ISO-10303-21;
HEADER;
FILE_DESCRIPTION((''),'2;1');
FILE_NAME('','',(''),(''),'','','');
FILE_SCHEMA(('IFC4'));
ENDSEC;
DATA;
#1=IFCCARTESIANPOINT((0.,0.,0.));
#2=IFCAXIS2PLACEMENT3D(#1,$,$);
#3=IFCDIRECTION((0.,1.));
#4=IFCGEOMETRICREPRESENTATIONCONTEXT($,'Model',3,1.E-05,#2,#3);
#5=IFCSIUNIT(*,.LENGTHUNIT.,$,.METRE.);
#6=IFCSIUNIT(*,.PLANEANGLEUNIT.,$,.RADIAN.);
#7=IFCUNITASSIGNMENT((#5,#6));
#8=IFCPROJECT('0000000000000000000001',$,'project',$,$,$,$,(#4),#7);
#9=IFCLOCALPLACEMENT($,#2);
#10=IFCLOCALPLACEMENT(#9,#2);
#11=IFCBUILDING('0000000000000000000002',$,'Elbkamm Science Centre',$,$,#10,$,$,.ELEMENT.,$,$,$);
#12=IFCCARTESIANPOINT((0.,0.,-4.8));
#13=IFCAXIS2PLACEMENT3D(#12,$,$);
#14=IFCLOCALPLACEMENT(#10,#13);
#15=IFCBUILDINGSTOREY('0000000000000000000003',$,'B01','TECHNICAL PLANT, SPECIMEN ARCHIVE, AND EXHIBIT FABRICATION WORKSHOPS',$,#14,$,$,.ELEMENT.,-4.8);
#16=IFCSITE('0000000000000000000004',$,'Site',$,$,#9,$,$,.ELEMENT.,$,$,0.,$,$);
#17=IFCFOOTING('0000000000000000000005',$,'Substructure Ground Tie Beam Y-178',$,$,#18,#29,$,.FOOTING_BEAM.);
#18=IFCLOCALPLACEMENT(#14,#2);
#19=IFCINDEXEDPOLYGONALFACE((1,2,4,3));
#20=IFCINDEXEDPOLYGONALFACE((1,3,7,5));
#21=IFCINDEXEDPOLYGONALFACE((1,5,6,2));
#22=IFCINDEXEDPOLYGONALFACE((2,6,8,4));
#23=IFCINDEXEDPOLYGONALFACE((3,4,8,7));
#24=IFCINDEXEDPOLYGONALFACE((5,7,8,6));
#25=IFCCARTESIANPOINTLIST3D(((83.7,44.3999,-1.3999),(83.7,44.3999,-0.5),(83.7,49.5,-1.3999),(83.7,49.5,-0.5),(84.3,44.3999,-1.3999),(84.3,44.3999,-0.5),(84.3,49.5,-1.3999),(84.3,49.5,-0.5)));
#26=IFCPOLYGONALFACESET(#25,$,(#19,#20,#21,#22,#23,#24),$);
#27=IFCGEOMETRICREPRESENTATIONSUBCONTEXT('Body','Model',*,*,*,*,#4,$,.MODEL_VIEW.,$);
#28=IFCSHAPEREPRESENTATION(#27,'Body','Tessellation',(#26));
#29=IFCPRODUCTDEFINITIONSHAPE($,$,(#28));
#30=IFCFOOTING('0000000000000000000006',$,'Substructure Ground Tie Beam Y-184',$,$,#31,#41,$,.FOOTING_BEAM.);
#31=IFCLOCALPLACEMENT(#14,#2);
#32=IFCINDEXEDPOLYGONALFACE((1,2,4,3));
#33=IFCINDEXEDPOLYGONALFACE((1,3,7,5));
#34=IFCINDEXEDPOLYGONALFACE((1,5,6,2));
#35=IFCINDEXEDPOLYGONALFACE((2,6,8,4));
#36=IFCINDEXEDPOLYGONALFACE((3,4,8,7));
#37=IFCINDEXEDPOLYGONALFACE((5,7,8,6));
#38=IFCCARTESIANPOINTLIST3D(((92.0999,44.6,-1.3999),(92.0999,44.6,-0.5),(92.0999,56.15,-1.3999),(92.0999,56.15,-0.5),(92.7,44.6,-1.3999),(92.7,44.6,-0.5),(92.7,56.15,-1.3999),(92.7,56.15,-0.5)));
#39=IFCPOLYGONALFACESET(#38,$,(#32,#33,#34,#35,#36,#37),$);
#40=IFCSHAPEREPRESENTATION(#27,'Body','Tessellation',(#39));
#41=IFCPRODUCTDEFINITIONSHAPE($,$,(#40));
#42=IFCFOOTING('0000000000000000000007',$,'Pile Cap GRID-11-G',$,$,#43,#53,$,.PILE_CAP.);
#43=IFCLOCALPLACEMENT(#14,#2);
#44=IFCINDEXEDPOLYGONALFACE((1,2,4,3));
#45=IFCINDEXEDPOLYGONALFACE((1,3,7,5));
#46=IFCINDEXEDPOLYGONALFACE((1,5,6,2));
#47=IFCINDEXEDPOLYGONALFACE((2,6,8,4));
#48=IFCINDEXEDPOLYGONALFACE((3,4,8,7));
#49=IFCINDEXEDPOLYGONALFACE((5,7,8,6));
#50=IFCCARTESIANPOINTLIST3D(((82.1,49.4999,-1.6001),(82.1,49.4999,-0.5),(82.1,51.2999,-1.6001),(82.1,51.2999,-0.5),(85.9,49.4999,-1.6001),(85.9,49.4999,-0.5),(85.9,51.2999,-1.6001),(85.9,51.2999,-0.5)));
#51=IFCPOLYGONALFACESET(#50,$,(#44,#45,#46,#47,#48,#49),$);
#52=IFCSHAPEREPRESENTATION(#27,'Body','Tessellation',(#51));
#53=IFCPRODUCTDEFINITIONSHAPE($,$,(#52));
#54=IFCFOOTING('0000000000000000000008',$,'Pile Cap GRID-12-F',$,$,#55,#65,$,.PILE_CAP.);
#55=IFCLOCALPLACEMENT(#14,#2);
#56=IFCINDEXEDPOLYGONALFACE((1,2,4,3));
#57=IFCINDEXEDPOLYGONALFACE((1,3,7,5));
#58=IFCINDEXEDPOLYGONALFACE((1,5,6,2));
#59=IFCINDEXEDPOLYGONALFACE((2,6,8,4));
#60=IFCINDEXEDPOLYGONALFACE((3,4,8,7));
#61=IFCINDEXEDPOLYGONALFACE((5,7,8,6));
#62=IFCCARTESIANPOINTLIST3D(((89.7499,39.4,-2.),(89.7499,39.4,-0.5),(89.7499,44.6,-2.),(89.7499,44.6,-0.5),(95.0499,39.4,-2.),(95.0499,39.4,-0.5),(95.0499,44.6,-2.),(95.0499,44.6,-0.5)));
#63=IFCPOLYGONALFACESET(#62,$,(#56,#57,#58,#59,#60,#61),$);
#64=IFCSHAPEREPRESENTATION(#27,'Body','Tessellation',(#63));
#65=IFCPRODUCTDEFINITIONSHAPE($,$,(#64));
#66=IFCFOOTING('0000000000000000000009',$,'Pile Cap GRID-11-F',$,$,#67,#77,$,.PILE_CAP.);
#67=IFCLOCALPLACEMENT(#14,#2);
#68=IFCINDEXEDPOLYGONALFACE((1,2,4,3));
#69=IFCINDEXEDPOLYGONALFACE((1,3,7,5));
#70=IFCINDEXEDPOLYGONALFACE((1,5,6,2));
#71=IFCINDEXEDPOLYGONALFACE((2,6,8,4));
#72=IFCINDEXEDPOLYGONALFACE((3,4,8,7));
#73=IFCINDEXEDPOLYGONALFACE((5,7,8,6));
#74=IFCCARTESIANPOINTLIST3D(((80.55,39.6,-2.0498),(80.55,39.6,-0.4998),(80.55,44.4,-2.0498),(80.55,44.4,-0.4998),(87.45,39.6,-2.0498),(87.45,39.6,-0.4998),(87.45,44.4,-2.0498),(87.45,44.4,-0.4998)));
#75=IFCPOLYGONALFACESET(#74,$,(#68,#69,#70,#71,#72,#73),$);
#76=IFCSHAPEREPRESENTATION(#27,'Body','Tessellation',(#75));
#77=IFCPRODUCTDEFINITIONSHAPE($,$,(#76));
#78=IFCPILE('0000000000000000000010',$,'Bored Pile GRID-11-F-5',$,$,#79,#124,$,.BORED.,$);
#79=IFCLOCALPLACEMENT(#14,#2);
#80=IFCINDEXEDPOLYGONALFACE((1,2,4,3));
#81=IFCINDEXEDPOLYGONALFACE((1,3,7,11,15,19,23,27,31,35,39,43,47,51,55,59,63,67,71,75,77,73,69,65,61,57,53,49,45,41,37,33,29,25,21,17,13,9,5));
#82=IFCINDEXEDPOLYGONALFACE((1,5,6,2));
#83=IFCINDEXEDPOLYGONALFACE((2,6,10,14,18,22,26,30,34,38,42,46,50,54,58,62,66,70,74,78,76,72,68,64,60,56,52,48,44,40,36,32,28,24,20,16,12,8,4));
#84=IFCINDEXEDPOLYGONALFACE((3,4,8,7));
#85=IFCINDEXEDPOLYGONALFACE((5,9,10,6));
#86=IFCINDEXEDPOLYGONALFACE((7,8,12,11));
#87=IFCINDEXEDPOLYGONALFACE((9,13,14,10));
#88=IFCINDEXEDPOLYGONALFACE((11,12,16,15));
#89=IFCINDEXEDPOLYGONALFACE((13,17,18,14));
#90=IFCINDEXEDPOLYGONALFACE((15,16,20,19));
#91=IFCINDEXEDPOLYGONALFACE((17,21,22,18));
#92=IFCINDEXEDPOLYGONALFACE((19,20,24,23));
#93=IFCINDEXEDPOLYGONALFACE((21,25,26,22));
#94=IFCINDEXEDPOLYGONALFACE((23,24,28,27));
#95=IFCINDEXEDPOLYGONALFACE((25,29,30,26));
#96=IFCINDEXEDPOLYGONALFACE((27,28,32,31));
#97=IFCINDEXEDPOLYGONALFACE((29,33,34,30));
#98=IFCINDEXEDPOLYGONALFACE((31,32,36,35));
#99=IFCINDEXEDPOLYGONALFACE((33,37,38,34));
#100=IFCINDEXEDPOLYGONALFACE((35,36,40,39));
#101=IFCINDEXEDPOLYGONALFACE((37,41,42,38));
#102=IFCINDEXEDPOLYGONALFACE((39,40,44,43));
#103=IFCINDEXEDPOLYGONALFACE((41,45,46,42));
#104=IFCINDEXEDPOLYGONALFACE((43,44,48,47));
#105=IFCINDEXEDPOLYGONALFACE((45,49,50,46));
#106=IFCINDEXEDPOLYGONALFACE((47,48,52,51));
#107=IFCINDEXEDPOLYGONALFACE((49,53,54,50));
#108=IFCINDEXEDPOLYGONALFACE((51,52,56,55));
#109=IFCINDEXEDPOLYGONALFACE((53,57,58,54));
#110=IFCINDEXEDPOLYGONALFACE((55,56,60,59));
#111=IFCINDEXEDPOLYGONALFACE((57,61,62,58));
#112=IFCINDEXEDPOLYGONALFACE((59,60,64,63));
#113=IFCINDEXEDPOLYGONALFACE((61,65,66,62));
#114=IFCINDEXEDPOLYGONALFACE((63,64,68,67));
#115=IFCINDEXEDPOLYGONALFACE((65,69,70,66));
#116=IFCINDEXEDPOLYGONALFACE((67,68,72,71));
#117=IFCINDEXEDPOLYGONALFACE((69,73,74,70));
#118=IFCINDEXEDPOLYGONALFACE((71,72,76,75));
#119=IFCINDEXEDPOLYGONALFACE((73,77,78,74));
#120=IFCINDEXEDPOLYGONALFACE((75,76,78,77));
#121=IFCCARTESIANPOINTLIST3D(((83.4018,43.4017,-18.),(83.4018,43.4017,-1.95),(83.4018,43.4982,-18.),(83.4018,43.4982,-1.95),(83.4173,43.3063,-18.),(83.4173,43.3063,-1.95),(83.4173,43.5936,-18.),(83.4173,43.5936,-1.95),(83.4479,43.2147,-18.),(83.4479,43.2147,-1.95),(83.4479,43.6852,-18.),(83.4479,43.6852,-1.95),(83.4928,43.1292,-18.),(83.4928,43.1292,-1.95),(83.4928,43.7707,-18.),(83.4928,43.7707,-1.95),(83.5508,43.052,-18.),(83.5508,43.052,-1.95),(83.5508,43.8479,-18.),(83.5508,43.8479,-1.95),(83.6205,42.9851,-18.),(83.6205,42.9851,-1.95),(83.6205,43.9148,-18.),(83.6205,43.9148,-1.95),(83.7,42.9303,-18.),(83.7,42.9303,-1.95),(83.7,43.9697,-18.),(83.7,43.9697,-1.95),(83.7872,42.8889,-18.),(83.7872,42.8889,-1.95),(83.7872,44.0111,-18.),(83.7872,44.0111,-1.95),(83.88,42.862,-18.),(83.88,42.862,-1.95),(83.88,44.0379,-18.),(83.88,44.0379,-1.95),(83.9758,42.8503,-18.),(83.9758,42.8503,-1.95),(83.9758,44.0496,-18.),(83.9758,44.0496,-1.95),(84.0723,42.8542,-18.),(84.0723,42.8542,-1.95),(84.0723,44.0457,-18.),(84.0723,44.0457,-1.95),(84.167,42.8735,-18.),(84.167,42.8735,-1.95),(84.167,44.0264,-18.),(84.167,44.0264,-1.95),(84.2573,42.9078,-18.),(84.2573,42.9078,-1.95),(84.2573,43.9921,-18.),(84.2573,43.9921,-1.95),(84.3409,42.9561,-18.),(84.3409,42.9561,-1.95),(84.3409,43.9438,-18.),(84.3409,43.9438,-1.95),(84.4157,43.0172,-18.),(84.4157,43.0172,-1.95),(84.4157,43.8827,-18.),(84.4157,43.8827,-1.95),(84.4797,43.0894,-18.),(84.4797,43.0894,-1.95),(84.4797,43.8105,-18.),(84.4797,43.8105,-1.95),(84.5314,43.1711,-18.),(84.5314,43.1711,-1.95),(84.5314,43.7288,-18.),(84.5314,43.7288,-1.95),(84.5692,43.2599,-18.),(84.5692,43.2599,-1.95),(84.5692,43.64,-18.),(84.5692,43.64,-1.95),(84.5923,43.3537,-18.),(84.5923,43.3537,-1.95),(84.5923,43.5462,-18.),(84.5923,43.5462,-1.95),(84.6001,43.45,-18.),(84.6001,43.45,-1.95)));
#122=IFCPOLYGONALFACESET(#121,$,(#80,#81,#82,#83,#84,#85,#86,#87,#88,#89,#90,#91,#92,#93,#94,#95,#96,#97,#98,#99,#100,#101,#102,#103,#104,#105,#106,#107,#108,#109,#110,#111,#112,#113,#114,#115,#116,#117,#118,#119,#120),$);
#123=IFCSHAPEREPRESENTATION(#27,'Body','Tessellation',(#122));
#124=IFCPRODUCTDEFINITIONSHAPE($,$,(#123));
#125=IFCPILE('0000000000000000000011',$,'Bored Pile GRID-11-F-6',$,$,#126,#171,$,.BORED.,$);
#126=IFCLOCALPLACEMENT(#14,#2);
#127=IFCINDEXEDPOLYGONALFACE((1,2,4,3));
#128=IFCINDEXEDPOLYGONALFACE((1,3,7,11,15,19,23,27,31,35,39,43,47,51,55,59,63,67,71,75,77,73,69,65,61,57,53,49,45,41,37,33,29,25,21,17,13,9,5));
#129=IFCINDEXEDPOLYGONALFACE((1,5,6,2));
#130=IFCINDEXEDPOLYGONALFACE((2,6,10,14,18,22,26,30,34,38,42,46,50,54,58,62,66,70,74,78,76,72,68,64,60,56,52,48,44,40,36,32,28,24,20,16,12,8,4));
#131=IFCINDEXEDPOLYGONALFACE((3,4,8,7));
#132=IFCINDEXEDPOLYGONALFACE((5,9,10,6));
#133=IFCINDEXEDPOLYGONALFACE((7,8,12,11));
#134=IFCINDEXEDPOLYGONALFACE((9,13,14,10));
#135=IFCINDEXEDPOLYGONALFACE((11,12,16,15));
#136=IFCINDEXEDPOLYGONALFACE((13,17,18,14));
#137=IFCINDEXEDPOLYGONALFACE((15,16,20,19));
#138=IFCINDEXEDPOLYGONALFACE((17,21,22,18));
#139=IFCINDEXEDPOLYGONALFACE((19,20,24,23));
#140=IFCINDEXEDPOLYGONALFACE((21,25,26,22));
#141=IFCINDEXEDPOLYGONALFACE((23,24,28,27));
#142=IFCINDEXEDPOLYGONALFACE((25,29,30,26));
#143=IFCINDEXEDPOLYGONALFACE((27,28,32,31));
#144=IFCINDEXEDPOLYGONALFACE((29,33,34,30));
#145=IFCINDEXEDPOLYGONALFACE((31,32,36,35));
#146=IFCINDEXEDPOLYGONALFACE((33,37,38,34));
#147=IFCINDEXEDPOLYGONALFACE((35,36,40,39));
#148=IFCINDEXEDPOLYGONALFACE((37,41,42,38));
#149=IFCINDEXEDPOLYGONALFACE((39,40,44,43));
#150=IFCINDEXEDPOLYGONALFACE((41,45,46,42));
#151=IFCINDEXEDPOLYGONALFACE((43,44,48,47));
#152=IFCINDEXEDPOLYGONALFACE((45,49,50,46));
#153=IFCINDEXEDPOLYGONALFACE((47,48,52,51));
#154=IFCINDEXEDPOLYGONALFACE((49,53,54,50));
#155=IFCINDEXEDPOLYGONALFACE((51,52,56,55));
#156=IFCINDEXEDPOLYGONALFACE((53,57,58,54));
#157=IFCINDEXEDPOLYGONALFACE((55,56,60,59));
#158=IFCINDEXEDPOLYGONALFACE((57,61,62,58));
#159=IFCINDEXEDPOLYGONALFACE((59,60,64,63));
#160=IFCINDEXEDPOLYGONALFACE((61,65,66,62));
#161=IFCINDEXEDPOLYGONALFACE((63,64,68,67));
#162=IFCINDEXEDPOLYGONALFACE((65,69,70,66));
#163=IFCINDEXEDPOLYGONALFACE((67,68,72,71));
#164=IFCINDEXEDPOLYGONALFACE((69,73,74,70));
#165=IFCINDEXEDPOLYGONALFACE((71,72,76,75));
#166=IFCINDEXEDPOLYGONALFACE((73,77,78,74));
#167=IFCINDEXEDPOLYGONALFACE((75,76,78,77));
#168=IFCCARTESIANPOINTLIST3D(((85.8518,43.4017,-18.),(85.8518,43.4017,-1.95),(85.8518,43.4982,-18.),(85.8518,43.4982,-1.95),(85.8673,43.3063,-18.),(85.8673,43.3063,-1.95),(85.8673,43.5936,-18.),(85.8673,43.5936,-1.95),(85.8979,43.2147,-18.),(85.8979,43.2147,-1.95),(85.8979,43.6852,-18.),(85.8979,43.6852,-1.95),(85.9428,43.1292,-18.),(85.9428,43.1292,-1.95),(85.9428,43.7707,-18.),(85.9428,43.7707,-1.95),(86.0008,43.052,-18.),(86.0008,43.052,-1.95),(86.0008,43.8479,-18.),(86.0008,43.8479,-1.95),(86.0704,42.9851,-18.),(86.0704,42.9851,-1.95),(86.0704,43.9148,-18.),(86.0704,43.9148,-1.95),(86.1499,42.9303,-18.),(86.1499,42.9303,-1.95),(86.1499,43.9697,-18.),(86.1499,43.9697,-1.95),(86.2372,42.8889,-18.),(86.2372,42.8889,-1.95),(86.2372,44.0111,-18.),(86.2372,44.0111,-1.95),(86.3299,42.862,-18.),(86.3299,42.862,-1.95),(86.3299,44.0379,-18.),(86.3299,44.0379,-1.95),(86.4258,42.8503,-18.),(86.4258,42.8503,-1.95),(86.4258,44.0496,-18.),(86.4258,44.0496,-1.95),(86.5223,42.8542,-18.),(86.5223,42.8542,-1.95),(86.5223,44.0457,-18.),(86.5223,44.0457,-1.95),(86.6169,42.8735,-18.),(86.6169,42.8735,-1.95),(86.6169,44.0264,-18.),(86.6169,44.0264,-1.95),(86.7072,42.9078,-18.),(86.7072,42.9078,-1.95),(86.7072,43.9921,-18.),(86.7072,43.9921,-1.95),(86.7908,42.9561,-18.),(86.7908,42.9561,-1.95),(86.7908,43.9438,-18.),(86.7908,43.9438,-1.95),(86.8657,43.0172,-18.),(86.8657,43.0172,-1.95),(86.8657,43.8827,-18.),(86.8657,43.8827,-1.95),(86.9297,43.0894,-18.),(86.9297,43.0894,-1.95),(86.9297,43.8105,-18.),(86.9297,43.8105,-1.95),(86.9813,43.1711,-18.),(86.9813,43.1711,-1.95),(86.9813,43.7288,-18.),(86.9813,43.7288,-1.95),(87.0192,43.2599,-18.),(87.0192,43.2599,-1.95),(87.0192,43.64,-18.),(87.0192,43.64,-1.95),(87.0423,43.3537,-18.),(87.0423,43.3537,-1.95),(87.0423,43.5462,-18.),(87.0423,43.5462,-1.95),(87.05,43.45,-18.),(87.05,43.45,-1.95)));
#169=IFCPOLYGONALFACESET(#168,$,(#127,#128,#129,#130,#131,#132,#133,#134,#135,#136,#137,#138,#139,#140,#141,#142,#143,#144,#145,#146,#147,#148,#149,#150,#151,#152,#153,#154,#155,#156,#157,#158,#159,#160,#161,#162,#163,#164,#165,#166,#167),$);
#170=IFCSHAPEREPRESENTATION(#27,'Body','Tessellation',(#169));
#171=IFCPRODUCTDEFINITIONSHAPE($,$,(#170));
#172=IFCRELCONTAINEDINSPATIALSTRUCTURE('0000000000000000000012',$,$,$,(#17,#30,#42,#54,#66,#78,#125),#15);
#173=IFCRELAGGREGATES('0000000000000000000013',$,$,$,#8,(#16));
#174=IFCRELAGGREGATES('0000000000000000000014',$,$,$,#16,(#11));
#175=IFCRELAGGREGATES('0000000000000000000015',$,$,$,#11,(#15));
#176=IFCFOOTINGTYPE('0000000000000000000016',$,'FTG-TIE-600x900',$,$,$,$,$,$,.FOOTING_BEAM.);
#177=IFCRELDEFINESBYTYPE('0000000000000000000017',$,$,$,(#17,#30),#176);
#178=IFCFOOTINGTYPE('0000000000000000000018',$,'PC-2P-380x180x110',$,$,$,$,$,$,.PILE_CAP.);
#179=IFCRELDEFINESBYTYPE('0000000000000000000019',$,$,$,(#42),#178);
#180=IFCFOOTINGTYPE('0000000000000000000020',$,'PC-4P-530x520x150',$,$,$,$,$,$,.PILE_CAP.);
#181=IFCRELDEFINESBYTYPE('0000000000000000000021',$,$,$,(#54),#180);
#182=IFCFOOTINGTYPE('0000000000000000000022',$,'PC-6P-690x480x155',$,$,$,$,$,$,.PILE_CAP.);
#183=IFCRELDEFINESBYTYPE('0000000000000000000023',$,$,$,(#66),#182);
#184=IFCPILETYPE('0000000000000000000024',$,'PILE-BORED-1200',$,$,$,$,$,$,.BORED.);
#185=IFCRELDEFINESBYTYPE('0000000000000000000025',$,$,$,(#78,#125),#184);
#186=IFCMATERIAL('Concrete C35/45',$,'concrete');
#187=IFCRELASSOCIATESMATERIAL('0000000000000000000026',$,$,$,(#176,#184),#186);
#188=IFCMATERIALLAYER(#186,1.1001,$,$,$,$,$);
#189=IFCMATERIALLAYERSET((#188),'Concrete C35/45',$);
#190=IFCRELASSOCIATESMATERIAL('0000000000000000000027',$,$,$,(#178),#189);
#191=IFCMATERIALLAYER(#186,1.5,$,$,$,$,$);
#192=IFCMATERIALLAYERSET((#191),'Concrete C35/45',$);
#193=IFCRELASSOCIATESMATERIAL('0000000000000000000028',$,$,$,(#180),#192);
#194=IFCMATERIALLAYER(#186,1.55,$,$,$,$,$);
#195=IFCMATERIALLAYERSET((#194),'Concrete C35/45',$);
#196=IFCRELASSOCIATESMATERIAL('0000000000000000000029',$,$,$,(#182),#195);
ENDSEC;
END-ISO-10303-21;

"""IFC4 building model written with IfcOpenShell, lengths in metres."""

from ifc_helpers import new_model, si_unit, direction, frame, origin, origin_2d, place, context, subcontext, project, spatial, rectangle, circle, extrude, material, layer, layer_set, material_profile, profile_set, type_object, element, save


model = new_model("IFC4")

# Units and contexts
model_context = context("Model", 3, precision=1e-05, world=origin(), true_north=direction((0.0, 1.0)))
body_context = subcontext(model_context, "Body", "Model", "MODEL_VIEW")
ifc_project = project(units=[si_unit("LENGTHUNIT", "METRE"), si_unit("PLANEANGLEUNIT", "RADIAN")], contexts=[model_context])

# Site, building, storey
site_placement = place(None, origin())
site = spatial("IfcSite", under=ifc_project, at=site_placement, Name="Site", CompositionType="ELEMENT", RefElevation=0.0)
building_placement = place(site_placement, origin())
building = spatial("IfcBuilding", under=site, at=building_placement, Name="Elbkamm Science Centre", CompositionType="ELEMENT")
storey_placement = place(building_placement, frame((0.0, 0.0, -4.8)))
storey = spatial("IfcBuildingStorey", under=building, at=storey_placement, Name="B01", Description="TECHNICAL PLANT, SPECIMEN ARCHIVE, AND EXHIBIT FABRICATION WORKSHOPS", CompositionType="ELEMENT", Elevation=-4.8)

# Footings
ifc_material_1 = material(Name="Concrete C35/45", Category="concrete")
footing_type_1 = type_object("IfcFootingType", Name="FTG-TIE-600x900", PredefinedType="FOOTING_BEAM", material=ifc_material_1)
footing_1_placement = place(storey_placement, frame((84.0, 46.95, -1.3999), z_axis=(0.0, 0.0, 1.0), x_axis=(1.0, 0.0, 0.0)))
element("IfcFooting", 1, at=footing_1_placement, inside=storey, type_object=footing_type_1, Name="Substructure Ground Tie Beam Y-178", PredefinedType="FOOTING_BEAM", context=body_context, shape_type="SweptSolid", body=[
    extrude(rectangle(XDim=0.6001, YDim=5.1001, at=origin_2d()), origin(), (0.0, 0.0, 1.0), 0.8999),
])
footing_2_placement = place(storey_placement, frame((92.3999, 50.375, -1.3999), z_axis=(0.0, 0.0, 1.0), x_axis=(1.0, 0.0, 0.0)))
element("IfcFooting", 2, at=footing_2_placement, inside=storey, type_object=footing_type_1, Name="Substructure Ground Tie Beam Y-184", PredefinedType="FOOTING_BEAM", context=body_context, shape_type="SweptSolid", body=[
    extrude(rectangle(XDim=0.6001, YDim=11.55, at=origin_2d()), origin(), (0.0, 0.0, 1.0), 0.8999),
])
ifc_layer_1 = layer(ifc_material_1, 1.1001)
ifc_layer_set_1 = layer_set([ifc_layer_1], Name="Concrete C35/45")
footing_type_2 = type_object("IfcFootingType", Name="PC-2P-380x180x110", PredefinedType="PILE_CAP", material=ifc_layer_set_1)
footing_3_placement = place(storey_placement, frame((84.0, 50.3999, -1.6001), z_axis=(0.0, 0.0, 1.0), x_axis=(1.0, 0.0, 0.0)))
element("IfcFooting", 3, at=footing_3_placement, inside=storey, type_object=footing_type_2, Name="Pile Cap GRID-11-G", PredefinedType="PILE_CAP", context=body_context, shape_type="SweptSolid", body=[
    extrude(rectangle(XDim=3.8, YDim=1.8, at=origin_2d()), origin(), (0.0, 0.0, 1.0), 1.1001),
])
ifc_layer_2 = layer(ifc_material_1, 1.5)
ifc_layer_set_2 = layer_set([ifc_layer_2], Name="Concrete C35/45")
footing_type_3 = type_object("IfcFootingType", Name="PC-4P-530x520x150", PredefinedType="PILE_CAP", material=ifc_layer_set_2)
footing_4_placement = place(storey_placement, frame((92.3999, 42.0, -2.0), z_axis=(0.0, 0.0, 1.0), x_axis=(1.0, 0.0, 0.0)))
element("IfcFooting", 4, at=footing_4_placement, inside=storey, type_object=footing_type_3, Name="Pile Cap GRID-12-F", PredefinedType="PILE_CAP", context=body_context, shape_type="SweptSolid", body=[
    extrude(rectangle(XDim=5.3, YDim=5.2, at=origin_2d()), origin(), (0.0, 0.0, 1.0), 1.5),
])
ifc_layer_3 = layer(ifc_material_1, 1.55)
ifc_layer_set_3 = layer_set([ifc_layer_3], Name="Concrete C35/45")
footing_type_4 = type_object("IfcFootingType", Name="PC-6P-690x480x155", PredefinedType="PILE_CAP", material=ifc_layer_set_3)
footing_5_placement = place(storey_placement, frame((84.0, 42.0, -2.0498), z_axis=(0.0, 0.0, 1.0), x_axis=(1.0, 0.0, 0.0)))
element("IfcFooting", 5, at=footing_5_placement, inside=storey, type_object=footing_type_4, Name="Pile Cap GRID-11-F", PredefinedType="PILE_CAP", context=body_context, shape_type="SweptSolid", body=[
    extrude(rectangle(XDim=6.8999, YDim=4.8, at=origin_2d()), origin(), (0.0, 0.0, 1.0), 1.55),
])

# Piles
ifc_material_profile_1 = material_profile(ifc_material_1, circle(Radius=0.6001, at=origin_2d()), Name="PILE D1200")
ifc_profile_set_1 = profile_set([ifc_material_profile_1], Name="Concrete C35/45")
pile_type_1 = type_object("IfcPileType", Name="PILE-BORED-1200", PredefinedType="BORED", material=ifc_profile_set_1)
for number, where, z_axis, x_axis, name in (
    (6, (84.0, 43.45, -1.95), (0.0, 0.0, -1.0), (1.0, 0.0, 0.0), "Bored Pile GRID-11-F-5"),
    (7, (86.45, 43.45, -1.95), (0.0, 0.0, -1.0), (1.0, 0.0, 0.0), "Bored Pile GRID-11-F-6"),
):
    element("IfcPile", number, at=place(storey_placement, frame(where, z_axis=z_axis, x_axis=x_axis)), inside=storey, type_object=pile_type_1, Name=name, PredefinedType="BORED", context=body_context, shape_type="SweptSolid", body=[
        extrude(circle(Radius=0.6001, at=origin_2d()), origin(), (0.0, 0.0, 1.0), 16.05),
    ])

save(model, "model.ifc")
